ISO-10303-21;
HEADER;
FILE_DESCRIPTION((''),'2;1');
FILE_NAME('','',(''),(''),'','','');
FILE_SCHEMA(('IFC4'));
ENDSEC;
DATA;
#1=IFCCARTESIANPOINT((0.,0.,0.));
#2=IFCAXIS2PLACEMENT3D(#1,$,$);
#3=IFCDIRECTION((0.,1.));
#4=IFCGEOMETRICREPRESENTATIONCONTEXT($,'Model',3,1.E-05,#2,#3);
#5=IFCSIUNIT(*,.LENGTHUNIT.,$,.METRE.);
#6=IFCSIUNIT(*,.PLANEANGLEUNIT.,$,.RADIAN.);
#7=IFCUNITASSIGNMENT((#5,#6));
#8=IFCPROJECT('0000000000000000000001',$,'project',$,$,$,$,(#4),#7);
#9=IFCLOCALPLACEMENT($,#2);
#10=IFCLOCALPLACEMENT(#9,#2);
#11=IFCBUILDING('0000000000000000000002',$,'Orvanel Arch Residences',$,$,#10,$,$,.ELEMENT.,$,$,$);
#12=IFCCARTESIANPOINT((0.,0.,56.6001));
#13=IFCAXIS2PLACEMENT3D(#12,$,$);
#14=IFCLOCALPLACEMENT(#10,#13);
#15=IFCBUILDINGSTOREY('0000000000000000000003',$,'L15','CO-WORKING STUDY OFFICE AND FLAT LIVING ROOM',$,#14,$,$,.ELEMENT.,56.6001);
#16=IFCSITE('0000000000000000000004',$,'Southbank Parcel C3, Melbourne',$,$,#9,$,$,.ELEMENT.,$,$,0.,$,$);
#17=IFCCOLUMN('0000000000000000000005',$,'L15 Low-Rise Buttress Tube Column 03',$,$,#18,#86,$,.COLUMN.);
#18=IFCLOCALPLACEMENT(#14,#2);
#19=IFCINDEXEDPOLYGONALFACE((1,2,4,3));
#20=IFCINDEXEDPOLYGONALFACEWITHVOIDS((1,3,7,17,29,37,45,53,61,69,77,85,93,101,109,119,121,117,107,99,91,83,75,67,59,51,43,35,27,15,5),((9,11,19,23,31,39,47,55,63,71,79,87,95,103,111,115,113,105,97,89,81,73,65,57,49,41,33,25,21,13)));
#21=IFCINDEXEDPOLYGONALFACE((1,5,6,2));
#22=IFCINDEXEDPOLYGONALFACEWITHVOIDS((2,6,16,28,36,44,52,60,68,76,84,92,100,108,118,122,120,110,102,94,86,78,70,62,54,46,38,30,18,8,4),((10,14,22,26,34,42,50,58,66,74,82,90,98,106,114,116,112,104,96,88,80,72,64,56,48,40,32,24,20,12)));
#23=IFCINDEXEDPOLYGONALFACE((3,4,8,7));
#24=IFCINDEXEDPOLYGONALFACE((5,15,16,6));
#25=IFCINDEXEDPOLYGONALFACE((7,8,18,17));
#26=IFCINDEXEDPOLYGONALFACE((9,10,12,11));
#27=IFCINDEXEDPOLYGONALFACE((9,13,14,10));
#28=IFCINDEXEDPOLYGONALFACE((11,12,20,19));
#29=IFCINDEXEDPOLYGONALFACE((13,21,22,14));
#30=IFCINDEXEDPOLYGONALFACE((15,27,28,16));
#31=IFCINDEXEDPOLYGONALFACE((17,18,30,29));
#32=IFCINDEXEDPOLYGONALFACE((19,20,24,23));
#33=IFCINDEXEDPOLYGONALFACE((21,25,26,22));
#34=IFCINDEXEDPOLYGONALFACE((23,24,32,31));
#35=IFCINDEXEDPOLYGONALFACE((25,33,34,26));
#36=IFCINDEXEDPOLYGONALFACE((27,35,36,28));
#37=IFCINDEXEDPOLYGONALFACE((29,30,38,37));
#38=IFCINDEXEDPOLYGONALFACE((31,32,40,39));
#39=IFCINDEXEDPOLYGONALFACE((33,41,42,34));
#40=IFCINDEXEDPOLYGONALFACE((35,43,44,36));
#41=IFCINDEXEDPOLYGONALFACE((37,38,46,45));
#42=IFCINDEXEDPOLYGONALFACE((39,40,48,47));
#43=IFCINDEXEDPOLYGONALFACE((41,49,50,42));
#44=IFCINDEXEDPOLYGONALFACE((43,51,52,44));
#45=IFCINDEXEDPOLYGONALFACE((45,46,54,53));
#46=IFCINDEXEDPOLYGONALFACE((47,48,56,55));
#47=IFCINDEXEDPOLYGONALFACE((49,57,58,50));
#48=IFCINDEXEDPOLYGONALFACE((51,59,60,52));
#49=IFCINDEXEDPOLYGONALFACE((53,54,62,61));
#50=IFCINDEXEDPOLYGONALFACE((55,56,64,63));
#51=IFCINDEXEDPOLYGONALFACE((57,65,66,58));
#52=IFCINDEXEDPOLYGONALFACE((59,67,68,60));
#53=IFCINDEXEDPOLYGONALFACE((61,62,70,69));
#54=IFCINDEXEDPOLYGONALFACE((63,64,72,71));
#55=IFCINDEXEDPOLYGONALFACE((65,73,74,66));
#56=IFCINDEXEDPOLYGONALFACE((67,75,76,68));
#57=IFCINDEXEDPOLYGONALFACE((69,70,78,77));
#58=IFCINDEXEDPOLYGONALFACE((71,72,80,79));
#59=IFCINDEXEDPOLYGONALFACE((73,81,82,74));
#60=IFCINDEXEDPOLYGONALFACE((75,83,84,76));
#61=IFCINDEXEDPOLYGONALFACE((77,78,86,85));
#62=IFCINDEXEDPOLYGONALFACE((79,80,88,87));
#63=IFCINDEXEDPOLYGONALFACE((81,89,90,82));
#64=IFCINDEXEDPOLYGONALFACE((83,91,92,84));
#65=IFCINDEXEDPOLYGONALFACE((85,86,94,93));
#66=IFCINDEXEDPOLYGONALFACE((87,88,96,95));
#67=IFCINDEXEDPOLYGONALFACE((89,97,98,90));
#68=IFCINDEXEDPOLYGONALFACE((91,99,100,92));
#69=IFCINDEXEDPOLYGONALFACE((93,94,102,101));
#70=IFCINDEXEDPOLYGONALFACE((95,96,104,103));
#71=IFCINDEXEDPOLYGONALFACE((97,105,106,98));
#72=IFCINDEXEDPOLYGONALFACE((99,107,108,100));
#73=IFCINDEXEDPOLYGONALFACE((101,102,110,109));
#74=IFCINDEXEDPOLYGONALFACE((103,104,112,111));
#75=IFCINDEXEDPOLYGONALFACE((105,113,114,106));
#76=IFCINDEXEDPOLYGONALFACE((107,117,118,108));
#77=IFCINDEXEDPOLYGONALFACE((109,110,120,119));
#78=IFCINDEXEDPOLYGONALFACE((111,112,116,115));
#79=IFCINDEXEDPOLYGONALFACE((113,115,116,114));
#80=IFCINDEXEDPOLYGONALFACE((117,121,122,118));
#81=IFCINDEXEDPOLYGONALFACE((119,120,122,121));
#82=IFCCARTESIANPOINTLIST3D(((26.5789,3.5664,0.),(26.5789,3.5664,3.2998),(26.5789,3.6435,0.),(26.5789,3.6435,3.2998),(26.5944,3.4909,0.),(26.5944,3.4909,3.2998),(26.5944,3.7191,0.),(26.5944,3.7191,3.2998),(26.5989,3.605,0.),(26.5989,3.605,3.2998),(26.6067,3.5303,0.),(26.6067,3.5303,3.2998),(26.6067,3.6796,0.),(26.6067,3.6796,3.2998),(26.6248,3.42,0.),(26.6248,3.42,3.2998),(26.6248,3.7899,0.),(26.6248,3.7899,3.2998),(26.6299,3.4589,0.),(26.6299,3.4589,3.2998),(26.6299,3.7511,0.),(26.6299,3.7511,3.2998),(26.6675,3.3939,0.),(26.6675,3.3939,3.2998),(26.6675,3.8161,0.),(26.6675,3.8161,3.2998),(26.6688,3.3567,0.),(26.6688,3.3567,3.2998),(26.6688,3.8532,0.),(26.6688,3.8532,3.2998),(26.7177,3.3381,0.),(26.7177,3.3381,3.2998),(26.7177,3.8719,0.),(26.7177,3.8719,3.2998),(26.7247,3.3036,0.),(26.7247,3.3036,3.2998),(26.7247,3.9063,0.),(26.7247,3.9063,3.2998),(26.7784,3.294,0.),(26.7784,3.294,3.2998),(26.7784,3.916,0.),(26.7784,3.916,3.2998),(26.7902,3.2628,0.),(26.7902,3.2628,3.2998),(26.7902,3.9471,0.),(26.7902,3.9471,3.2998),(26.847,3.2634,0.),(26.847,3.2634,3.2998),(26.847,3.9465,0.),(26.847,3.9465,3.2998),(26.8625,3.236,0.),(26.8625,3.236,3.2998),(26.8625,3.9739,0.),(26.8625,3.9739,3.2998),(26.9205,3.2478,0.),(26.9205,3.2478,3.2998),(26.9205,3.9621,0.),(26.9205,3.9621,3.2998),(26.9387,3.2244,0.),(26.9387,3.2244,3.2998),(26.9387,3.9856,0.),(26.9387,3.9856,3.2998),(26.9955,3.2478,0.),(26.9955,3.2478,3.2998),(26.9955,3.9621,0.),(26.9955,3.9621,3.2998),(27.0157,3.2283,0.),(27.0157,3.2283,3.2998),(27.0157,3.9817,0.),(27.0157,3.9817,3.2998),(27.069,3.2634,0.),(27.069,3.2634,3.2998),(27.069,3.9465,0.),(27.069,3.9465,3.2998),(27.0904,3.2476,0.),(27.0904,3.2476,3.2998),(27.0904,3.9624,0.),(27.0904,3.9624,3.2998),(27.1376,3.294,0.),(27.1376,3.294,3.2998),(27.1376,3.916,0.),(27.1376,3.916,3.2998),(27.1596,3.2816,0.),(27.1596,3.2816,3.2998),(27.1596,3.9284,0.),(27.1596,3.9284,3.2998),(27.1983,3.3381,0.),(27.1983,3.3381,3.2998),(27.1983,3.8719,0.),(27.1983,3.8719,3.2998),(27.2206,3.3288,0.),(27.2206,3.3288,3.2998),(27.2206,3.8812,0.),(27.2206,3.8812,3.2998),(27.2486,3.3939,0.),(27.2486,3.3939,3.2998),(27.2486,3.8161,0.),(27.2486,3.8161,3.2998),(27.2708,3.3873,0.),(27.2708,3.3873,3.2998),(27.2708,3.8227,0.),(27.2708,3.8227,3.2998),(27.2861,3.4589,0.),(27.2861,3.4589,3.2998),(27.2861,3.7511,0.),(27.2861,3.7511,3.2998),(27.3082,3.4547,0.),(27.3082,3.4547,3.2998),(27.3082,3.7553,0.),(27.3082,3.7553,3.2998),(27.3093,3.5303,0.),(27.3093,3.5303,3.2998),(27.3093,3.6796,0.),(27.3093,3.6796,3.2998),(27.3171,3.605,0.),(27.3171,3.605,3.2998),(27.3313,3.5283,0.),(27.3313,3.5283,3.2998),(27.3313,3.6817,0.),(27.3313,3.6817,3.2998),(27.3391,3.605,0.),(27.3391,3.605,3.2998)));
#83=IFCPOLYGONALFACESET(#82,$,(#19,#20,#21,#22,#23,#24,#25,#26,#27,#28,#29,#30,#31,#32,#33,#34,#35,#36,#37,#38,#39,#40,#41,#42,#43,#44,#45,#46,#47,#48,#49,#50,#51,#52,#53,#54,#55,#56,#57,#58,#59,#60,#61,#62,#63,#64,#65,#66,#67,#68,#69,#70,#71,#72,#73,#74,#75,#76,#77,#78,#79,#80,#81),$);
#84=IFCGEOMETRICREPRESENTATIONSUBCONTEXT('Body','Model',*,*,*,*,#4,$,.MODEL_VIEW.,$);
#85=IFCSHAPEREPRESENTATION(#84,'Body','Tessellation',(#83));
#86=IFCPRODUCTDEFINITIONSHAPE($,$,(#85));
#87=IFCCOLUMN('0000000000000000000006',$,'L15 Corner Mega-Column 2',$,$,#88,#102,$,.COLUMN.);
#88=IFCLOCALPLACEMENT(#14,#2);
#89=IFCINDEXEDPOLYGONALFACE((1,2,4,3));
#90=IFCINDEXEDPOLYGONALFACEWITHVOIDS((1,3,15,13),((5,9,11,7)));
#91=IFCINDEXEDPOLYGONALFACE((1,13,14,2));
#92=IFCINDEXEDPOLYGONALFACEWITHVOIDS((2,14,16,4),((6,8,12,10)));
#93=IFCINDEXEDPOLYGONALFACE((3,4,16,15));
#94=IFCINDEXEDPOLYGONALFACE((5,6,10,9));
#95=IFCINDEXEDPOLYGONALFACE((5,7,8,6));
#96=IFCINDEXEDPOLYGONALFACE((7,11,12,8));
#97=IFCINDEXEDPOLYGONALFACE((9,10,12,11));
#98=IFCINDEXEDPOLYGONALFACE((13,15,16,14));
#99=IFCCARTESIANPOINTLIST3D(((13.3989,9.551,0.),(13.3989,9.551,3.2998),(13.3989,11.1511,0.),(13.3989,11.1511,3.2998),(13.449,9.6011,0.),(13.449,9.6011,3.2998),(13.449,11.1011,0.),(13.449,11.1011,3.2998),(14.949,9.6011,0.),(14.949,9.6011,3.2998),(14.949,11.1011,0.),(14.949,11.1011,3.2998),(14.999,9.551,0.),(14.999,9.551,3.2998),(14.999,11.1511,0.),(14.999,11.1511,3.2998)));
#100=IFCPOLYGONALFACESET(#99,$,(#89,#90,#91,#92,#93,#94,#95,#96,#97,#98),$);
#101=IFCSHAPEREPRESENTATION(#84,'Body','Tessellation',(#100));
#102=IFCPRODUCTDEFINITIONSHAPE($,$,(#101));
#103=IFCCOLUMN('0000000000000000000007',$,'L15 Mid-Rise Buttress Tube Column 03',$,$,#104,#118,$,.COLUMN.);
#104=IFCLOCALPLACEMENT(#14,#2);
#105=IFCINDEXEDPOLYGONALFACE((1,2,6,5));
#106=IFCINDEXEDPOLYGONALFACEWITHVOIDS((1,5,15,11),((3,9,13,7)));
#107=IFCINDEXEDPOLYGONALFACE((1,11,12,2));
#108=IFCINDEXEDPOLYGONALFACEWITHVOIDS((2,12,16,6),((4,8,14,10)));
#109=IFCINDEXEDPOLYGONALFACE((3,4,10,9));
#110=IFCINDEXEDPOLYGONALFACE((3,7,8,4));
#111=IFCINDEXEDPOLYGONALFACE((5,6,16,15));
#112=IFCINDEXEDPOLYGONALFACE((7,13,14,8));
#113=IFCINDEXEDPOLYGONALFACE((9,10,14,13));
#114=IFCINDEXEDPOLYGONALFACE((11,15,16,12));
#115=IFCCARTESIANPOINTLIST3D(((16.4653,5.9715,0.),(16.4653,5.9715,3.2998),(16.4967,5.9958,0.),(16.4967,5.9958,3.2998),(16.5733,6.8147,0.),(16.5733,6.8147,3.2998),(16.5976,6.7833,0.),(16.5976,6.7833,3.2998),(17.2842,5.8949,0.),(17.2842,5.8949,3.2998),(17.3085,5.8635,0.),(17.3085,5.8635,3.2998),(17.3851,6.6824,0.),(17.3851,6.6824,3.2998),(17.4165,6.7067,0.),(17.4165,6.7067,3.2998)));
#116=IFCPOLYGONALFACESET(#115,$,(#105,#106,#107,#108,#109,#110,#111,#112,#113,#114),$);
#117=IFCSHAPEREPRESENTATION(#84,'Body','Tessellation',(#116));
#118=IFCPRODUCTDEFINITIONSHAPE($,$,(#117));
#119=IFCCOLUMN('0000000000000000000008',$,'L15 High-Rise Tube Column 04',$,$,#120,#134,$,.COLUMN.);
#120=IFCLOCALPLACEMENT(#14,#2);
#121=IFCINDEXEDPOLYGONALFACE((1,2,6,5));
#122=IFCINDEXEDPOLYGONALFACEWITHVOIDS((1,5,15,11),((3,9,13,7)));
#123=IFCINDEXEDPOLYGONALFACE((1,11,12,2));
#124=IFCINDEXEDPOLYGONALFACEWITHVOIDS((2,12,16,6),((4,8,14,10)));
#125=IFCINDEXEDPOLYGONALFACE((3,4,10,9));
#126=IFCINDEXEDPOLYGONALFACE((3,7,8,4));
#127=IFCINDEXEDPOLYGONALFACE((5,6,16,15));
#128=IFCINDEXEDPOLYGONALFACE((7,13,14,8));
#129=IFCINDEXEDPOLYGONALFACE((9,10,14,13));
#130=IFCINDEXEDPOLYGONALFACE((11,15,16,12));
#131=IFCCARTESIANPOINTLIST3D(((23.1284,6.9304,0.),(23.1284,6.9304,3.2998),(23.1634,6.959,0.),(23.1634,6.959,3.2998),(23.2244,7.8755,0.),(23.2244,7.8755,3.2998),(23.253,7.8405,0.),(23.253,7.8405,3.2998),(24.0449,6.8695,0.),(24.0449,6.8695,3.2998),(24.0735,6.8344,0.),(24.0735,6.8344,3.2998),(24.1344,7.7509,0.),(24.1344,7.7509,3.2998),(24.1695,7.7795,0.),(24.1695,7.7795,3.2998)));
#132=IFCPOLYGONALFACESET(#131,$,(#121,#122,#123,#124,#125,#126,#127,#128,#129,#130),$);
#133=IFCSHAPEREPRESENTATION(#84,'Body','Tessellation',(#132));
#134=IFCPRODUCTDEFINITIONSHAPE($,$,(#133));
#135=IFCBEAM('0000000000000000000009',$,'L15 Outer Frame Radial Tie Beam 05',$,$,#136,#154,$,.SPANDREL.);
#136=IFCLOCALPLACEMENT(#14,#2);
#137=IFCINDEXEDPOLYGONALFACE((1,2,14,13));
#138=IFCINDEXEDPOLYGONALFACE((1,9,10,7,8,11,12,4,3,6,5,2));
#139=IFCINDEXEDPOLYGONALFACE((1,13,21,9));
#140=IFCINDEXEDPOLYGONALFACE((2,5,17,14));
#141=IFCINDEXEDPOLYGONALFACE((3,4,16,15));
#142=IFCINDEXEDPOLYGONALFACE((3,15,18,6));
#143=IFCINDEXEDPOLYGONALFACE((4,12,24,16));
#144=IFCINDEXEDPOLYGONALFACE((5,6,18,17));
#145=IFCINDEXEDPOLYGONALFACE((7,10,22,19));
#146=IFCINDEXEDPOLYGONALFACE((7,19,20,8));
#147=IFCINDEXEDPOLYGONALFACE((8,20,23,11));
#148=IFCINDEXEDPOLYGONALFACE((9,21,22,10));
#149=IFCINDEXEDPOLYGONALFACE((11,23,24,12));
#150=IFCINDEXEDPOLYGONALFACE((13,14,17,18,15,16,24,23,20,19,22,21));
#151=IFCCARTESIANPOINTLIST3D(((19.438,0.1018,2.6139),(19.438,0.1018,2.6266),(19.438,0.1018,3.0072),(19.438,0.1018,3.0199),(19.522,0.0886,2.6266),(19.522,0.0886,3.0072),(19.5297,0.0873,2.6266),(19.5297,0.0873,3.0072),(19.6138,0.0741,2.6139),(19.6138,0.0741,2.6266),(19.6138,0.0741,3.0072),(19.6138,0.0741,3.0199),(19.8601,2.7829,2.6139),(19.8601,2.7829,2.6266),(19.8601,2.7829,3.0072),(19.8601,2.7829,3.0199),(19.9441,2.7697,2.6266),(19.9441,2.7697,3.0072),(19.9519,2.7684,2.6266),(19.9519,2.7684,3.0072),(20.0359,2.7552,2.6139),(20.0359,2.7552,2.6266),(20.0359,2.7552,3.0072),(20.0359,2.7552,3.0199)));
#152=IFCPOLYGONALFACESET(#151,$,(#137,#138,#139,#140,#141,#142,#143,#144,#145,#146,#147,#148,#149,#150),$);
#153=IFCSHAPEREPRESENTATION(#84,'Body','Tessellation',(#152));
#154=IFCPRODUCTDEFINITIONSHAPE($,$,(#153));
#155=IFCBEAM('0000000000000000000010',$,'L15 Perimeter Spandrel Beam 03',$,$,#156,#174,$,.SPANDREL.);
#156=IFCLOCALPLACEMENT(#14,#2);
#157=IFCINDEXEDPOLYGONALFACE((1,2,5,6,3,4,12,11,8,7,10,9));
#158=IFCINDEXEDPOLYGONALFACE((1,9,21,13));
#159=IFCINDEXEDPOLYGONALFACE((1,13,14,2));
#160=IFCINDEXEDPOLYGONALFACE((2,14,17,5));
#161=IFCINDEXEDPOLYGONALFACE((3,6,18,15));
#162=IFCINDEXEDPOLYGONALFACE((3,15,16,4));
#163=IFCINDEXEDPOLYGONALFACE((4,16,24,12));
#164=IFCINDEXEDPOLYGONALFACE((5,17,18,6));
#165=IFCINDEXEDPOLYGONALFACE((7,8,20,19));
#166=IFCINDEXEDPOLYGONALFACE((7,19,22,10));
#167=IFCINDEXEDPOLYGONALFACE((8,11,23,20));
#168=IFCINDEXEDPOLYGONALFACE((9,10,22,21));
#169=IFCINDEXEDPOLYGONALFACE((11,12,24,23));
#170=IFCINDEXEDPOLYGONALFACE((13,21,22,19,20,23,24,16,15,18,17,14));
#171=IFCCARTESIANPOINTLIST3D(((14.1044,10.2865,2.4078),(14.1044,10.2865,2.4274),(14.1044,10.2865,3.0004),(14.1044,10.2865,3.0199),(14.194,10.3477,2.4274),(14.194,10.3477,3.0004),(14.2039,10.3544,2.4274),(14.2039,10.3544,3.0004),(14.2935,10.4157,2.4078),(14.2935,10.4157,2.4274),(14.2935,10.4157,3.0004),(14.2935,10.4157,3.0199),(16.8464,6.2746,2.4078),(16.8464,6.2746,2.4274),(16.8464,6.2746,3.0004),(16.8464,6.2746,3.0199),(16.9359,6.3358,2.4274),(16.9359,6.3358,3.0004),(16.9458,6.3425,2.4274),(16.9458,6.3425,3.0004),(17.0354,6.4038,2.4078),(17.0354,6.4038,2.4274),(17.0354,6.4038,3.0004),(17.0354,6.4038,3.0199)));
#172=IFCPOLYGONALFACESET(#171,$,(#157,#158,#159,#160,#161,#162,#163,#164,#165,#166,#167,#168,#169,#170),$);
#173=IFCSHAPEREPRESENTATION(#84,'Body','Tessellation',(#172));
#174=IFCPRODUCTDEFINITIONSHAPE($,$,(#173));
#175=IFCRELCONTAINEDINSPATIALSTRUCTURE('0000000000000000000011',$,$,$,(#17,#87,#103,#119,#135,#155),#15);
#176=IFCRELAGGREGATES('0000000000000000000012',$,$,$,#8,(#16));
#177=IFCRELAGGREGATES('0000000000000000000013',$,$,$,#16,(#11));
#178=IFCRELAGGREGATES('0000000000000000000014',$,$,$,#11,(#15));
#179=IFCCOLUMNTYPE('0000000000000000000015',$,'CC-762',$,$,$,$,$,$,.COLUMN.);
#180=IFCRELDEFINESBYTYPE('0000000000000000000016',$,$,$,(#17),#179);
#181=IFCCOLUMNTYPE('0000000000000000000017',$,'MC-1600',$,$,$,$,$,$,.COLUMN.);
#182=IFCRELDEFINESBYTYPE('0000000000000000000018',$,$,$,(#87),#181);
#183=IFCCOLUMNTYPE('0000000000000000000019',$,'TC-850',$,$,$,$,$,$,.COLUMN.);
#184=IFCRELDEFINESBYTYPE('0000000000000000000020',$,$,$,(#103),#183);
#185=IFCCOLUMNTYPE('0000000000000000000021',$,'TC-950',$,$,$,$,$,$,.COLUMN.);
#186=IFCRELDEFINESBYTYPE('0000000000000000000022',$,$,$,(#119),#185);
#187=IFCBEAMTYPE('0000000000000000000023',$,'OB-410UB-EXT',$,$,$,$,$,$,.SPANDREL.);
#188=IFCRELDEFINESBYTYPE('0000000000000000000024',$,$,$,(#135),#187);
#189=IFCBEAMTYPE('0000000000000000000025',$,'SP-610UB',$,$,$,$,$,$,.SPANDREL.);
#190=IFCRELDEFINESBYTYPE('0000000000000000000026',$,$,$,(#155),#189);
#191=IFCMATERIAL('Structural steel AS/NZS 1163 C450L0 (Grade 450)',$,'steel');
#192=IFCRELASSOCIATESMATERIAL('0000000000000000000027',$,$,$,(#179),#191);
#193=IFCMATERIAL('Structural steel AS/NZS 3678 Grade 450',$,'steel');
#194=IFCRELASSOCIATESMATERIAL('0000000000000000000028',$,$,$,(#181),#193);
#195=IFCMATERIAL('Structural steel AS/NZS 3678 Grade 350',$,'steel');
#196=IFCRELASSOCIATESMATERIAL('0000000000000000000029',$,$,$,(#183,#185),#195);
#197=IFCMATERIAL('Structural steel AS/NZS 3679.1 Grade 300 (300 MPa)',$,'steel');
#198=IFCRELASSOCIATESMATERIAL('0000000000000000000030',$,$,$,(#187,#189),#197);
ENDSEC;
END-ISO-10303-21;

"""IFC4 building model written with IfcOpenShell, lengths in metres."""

from ifc_helpers import new_model, si_unit, direction, frame, origin, origin_2d, place, context, subcontext, project, spatial, hollow_rectangle, hollow_circle, i_section, extrude, material, material_profile, profile_set, type_object, element, save


model = new_model("IFC4")

# Units and contexts
model_context = context("Model", 3, precision=1e-05, world=origin(), true_north=direction((0.0, 1.0)))
body_context = subcontext(model_context, "Body", "Model", "MODEL_VIEW")
ifc_project = project(units=[si_unit("LENGTHUNIT", "METRE"), si_unit("PLANEANGLEUNIT", "RADIAN")], contexts=[model_context])

# Site, building, storey
site_placement = place(None, origin())
site = spatial("IfcSite", under=ifc_project, at=site_placement, Name="Southbank Parcel C3, Melbourne", CompositionType="ELEMENT", RefElevation=0.0)
building_placement = place(site_placement, origin())
building = spatial("IfcBuilding", under=site, at=building_placement, Name="Orvanel Arch Residences", CompositionType="ELEMENT")
storey_placement = place(building_placement, frame((0.0, 0.0, 56.6001)))
storey = spatial("IfcBuildingStorey", under=building, at=storey_placement, Name="L15", Description="CO-WORKING STUDY OFFICE AND FLAT LIVING ROOM", CompositionType="ELEMENT", Elevation=56.6001)

# Columns
ifc_material_1 = material(Name="Structural steel AS/NZS 1163 C450L0 (Grade 450)", Category="steel")
ifc_material_profile_1 = material_profile(ifc_material_1, hollow_circle(Radius=0.3811, WallThickness=0.022, at=origin_2d()), Name="CHS762x22")
ifc_profile_set_1 = profile_set([ifc_material_profile_1], Name="Structural steel AS/NZS 1163 C450L0 (Grade 450)")
column_type_1 = type_object("IfcColumnType", Name="CC-762", PredefinedType="COLUMN", material=ifc_profile_set_1)
column_1_placement = place(storey_placement, frame((26.958, 3.605, 0.0), z_axis=(0.0, 0.0, 1.0), x_axis=(1.0, 0.0, 0.0)))
element("IfcColumn", 1, at=column_1_placement, inside=storey, type_object=column_type_1, Name="L15 Low-Rise Buttress Tube Column 03", PredefinedType="COLUMN", context=body_context, shape_type="SweptSolid", body=[
    extrude(hollow_circle(Radius=0.3811, WallThickness=0.022, at=origin_2d()), origin(), (0.0, 0.0, 1.0), 3.2998),
])
ifc_material_2 = material(Name="Structural steel AS/NZS 3678 Grade 450", Category="steel")
ifc_material_profile_2 = material_profile(ifc_material_2, hollow_rectangle(XDim=1.6001, YDim=1.6001, WallThickness=0.05, at=origin_2d()), Name="BOX1600x1600x50")
ifc_profile_set_2 = profile_set([ifc_material_profile_2], Name="Structural steel AS/NZS 3678 Grade 450")
column_type_2 = type_object("IfcColumnType", Name="MC-1600", PredefinedType="COLUMN", material=ifc_profile_set_2)
column_2_placement = place(storey_placement, frame((14.199, 10.3511, 0.0), z_axis=(0.0, 0.0, 1.0), x_axis=(1.0, 0.0, 0.0)))
element("IfcColumn", 2, at=column_2_placement, inside=storey, type_object=column_type_2, Name="L15 Corner Mega-Column 2", PredefinedType="COLUMN", context=body_context, shape_type="SweptSolid", body=[
    extrude(hollow_rectangle(XDim=1.6001, YDim=1.6001, WallThickness=0.05, at=origin_2d()), origin(), (0.0, 0.0, 1.0), 3.2998),
])
ifc_material_3 = material(Name="Structural steel AS/NZS 3678 Grade 350", Category="steel")
ifc_material_profile_3 = material_profile(ifc_material_3, hollow_rectangle(XDim=0.8501, YDim=0.8501, WallThickness=0.0281, at=origin_2d()), Name="BOX850x850x28")
ifc_profile_set_3 = profile_set([ifc_material_profile_3], Name="Structural steel AS/NZS 3678 Grade 350")
column_type_3 = type_object("IfcColumnType", Name="TC-850", PredefinedType="COLUMN", material=ifc_profile_set_3)
column_3_placement = place(storey_placement, frame((16.9409, 6.3391, 0.0), z_axis=(0.0, 0.0, 1.0), x_axis=(-0.991894, 0.127065, 0.0)))
element("IfcColumn", 3, at=column_3_placement, inside=storey, type_object=column_type_3, Name="L15 Mid-Rise Buttress Tube Column 03", PredefinedType="COLUMN", context=body_context, shape_type="SweptSolid", body=[
    extrude(hollow_rectangle(XDim=0.8501, YDim=0.8501, WallThickness=0.0281, at=origin_2d()), origin(), (0.0, 0.0, 1.0), 3.2998),
])
ifc_material_profile_4 = material_profile(ifc_material_3, hollow_rectangle(XDim=0.95, YDim=0.95, WallThickness=0.032, at=origin_2d()), Name="BOX950x950x32")
ifc_profile_set_4 = profile_set([ifc_material_profile_4], Name="Structural steel AS/NZS 3678 Grade 350")
column_type_4 = type_object("IfcColumnType", Name="TC-950", PredefinedType="COLUMN", material=ifc_profile_set_4)
column_4_placement = place(storey_placement, frame((23.6489, 7.355, 0.0), z_axis=(0.0, 0.0, 1.0), x_axis=(-0.994881, 0.101056, 0.0)))
element("IfcColumn", 4, at=column_4_placement, inside=storey, type_object=column_type_4, Name="L15 High-Rise Tube Column 04", PredefinedType="COLUMN", context=body_context, shape_type="SweptSolid", body=[
    extrude(hollow_rectangle(XDim=0.95, YDim=0.95, WallThickness=0.032, at=origin_2d()), origin(), (0.0, 0.0, 1.0), 3.2998),
])

# Beams
ifc_material_4 = material(Name="Structural steel AS/NZS 3679.1 Grade 300 (300 MPa)", Category="steel")
ifc_material_profile_5 = material_profile(ifc_material_4, i_section(OverallWidth=0.178, OverallDepth=0.406, WebThickness=0.0078, FlangeThickness=0.0127, at=origin_2d()), Name="410UB59.7")
ifc_profile_set_5 = profile_set([ifc_material_profile_5], Name="Structural steel AS/NZS 3679.1 Grade 300 (300 MPa)")
beam_type_1 = type_object("IfcBeamType", Name="OB-410UB-EXT", PredefinedType="SPANDREL", material=ifc_profile_set_5)
beam_1_placement = place(storey_placement, frame((19.948, 2.769, 2.8169), z_axis=(-0.155524, -0.987832, 0.0), x_axis=(0.987832, -0.155524, 0.0)))
element("IfcBeam", 5, at=beam_1_placement, inside=storey, type_object=beam_type_1, Name="L15 Outer Frame Radial Tie Beam 05", PredefinedType="SPANDREL", context=body_context, shape_type="SweptSolid", body=[
    extrude(i_section(OverallWidth=0.178, OverallDepth=0.406, WebThickness=0.0078, FlangeThickness=0.0127, at=origin_2d()), origin(), (0.0, 0.0, 1.0), 2.7141),
])
ifc_material_profile_6 = material_profile(ifc_material_4, i_section(OverallWidth=0.229, OverallDepth=0.6121, WebThickness=0.012, FlangeThickness=0.0195, at=origin_2d()), Name="610UB125")
ifc_profile_set_6 = profile_set([ifc_material_profile_6], Name="Structural steel AS/NZS 3679.1 Grade 300 (300 MPa)")
beam_type_2 = type_object("IfcBeamType", Name="SP-610UB", PredefinedType="SPANDREL", material=ifc_profile_set_6)
beam_2_placement = place(storey_placement, frame((14.199, 10.3511, 2.7139), z_axis=(0.564252, -0.825603, 0.0), x_axis=(0.825603, 0.564252, 0.0)))
element("IfcBeam", 6, at=beam_2_placement, inside=storey, type_object=beam_type_2, Name="L15 Perimeter Spandrel Beam 03", PredefinedType="SPANDREL", context=body_context, shape_type="SweptSolid", body=[
    extrude(i_section(OverallWidth=0.229, OverallDepth=0.6121, WebThickness=0.012, FlangeThickness=0.0195, at=origin_2d()), origin(), (0.0, 0.0, 1.0), 4.8594),
])

save(model, "model.ifc")
